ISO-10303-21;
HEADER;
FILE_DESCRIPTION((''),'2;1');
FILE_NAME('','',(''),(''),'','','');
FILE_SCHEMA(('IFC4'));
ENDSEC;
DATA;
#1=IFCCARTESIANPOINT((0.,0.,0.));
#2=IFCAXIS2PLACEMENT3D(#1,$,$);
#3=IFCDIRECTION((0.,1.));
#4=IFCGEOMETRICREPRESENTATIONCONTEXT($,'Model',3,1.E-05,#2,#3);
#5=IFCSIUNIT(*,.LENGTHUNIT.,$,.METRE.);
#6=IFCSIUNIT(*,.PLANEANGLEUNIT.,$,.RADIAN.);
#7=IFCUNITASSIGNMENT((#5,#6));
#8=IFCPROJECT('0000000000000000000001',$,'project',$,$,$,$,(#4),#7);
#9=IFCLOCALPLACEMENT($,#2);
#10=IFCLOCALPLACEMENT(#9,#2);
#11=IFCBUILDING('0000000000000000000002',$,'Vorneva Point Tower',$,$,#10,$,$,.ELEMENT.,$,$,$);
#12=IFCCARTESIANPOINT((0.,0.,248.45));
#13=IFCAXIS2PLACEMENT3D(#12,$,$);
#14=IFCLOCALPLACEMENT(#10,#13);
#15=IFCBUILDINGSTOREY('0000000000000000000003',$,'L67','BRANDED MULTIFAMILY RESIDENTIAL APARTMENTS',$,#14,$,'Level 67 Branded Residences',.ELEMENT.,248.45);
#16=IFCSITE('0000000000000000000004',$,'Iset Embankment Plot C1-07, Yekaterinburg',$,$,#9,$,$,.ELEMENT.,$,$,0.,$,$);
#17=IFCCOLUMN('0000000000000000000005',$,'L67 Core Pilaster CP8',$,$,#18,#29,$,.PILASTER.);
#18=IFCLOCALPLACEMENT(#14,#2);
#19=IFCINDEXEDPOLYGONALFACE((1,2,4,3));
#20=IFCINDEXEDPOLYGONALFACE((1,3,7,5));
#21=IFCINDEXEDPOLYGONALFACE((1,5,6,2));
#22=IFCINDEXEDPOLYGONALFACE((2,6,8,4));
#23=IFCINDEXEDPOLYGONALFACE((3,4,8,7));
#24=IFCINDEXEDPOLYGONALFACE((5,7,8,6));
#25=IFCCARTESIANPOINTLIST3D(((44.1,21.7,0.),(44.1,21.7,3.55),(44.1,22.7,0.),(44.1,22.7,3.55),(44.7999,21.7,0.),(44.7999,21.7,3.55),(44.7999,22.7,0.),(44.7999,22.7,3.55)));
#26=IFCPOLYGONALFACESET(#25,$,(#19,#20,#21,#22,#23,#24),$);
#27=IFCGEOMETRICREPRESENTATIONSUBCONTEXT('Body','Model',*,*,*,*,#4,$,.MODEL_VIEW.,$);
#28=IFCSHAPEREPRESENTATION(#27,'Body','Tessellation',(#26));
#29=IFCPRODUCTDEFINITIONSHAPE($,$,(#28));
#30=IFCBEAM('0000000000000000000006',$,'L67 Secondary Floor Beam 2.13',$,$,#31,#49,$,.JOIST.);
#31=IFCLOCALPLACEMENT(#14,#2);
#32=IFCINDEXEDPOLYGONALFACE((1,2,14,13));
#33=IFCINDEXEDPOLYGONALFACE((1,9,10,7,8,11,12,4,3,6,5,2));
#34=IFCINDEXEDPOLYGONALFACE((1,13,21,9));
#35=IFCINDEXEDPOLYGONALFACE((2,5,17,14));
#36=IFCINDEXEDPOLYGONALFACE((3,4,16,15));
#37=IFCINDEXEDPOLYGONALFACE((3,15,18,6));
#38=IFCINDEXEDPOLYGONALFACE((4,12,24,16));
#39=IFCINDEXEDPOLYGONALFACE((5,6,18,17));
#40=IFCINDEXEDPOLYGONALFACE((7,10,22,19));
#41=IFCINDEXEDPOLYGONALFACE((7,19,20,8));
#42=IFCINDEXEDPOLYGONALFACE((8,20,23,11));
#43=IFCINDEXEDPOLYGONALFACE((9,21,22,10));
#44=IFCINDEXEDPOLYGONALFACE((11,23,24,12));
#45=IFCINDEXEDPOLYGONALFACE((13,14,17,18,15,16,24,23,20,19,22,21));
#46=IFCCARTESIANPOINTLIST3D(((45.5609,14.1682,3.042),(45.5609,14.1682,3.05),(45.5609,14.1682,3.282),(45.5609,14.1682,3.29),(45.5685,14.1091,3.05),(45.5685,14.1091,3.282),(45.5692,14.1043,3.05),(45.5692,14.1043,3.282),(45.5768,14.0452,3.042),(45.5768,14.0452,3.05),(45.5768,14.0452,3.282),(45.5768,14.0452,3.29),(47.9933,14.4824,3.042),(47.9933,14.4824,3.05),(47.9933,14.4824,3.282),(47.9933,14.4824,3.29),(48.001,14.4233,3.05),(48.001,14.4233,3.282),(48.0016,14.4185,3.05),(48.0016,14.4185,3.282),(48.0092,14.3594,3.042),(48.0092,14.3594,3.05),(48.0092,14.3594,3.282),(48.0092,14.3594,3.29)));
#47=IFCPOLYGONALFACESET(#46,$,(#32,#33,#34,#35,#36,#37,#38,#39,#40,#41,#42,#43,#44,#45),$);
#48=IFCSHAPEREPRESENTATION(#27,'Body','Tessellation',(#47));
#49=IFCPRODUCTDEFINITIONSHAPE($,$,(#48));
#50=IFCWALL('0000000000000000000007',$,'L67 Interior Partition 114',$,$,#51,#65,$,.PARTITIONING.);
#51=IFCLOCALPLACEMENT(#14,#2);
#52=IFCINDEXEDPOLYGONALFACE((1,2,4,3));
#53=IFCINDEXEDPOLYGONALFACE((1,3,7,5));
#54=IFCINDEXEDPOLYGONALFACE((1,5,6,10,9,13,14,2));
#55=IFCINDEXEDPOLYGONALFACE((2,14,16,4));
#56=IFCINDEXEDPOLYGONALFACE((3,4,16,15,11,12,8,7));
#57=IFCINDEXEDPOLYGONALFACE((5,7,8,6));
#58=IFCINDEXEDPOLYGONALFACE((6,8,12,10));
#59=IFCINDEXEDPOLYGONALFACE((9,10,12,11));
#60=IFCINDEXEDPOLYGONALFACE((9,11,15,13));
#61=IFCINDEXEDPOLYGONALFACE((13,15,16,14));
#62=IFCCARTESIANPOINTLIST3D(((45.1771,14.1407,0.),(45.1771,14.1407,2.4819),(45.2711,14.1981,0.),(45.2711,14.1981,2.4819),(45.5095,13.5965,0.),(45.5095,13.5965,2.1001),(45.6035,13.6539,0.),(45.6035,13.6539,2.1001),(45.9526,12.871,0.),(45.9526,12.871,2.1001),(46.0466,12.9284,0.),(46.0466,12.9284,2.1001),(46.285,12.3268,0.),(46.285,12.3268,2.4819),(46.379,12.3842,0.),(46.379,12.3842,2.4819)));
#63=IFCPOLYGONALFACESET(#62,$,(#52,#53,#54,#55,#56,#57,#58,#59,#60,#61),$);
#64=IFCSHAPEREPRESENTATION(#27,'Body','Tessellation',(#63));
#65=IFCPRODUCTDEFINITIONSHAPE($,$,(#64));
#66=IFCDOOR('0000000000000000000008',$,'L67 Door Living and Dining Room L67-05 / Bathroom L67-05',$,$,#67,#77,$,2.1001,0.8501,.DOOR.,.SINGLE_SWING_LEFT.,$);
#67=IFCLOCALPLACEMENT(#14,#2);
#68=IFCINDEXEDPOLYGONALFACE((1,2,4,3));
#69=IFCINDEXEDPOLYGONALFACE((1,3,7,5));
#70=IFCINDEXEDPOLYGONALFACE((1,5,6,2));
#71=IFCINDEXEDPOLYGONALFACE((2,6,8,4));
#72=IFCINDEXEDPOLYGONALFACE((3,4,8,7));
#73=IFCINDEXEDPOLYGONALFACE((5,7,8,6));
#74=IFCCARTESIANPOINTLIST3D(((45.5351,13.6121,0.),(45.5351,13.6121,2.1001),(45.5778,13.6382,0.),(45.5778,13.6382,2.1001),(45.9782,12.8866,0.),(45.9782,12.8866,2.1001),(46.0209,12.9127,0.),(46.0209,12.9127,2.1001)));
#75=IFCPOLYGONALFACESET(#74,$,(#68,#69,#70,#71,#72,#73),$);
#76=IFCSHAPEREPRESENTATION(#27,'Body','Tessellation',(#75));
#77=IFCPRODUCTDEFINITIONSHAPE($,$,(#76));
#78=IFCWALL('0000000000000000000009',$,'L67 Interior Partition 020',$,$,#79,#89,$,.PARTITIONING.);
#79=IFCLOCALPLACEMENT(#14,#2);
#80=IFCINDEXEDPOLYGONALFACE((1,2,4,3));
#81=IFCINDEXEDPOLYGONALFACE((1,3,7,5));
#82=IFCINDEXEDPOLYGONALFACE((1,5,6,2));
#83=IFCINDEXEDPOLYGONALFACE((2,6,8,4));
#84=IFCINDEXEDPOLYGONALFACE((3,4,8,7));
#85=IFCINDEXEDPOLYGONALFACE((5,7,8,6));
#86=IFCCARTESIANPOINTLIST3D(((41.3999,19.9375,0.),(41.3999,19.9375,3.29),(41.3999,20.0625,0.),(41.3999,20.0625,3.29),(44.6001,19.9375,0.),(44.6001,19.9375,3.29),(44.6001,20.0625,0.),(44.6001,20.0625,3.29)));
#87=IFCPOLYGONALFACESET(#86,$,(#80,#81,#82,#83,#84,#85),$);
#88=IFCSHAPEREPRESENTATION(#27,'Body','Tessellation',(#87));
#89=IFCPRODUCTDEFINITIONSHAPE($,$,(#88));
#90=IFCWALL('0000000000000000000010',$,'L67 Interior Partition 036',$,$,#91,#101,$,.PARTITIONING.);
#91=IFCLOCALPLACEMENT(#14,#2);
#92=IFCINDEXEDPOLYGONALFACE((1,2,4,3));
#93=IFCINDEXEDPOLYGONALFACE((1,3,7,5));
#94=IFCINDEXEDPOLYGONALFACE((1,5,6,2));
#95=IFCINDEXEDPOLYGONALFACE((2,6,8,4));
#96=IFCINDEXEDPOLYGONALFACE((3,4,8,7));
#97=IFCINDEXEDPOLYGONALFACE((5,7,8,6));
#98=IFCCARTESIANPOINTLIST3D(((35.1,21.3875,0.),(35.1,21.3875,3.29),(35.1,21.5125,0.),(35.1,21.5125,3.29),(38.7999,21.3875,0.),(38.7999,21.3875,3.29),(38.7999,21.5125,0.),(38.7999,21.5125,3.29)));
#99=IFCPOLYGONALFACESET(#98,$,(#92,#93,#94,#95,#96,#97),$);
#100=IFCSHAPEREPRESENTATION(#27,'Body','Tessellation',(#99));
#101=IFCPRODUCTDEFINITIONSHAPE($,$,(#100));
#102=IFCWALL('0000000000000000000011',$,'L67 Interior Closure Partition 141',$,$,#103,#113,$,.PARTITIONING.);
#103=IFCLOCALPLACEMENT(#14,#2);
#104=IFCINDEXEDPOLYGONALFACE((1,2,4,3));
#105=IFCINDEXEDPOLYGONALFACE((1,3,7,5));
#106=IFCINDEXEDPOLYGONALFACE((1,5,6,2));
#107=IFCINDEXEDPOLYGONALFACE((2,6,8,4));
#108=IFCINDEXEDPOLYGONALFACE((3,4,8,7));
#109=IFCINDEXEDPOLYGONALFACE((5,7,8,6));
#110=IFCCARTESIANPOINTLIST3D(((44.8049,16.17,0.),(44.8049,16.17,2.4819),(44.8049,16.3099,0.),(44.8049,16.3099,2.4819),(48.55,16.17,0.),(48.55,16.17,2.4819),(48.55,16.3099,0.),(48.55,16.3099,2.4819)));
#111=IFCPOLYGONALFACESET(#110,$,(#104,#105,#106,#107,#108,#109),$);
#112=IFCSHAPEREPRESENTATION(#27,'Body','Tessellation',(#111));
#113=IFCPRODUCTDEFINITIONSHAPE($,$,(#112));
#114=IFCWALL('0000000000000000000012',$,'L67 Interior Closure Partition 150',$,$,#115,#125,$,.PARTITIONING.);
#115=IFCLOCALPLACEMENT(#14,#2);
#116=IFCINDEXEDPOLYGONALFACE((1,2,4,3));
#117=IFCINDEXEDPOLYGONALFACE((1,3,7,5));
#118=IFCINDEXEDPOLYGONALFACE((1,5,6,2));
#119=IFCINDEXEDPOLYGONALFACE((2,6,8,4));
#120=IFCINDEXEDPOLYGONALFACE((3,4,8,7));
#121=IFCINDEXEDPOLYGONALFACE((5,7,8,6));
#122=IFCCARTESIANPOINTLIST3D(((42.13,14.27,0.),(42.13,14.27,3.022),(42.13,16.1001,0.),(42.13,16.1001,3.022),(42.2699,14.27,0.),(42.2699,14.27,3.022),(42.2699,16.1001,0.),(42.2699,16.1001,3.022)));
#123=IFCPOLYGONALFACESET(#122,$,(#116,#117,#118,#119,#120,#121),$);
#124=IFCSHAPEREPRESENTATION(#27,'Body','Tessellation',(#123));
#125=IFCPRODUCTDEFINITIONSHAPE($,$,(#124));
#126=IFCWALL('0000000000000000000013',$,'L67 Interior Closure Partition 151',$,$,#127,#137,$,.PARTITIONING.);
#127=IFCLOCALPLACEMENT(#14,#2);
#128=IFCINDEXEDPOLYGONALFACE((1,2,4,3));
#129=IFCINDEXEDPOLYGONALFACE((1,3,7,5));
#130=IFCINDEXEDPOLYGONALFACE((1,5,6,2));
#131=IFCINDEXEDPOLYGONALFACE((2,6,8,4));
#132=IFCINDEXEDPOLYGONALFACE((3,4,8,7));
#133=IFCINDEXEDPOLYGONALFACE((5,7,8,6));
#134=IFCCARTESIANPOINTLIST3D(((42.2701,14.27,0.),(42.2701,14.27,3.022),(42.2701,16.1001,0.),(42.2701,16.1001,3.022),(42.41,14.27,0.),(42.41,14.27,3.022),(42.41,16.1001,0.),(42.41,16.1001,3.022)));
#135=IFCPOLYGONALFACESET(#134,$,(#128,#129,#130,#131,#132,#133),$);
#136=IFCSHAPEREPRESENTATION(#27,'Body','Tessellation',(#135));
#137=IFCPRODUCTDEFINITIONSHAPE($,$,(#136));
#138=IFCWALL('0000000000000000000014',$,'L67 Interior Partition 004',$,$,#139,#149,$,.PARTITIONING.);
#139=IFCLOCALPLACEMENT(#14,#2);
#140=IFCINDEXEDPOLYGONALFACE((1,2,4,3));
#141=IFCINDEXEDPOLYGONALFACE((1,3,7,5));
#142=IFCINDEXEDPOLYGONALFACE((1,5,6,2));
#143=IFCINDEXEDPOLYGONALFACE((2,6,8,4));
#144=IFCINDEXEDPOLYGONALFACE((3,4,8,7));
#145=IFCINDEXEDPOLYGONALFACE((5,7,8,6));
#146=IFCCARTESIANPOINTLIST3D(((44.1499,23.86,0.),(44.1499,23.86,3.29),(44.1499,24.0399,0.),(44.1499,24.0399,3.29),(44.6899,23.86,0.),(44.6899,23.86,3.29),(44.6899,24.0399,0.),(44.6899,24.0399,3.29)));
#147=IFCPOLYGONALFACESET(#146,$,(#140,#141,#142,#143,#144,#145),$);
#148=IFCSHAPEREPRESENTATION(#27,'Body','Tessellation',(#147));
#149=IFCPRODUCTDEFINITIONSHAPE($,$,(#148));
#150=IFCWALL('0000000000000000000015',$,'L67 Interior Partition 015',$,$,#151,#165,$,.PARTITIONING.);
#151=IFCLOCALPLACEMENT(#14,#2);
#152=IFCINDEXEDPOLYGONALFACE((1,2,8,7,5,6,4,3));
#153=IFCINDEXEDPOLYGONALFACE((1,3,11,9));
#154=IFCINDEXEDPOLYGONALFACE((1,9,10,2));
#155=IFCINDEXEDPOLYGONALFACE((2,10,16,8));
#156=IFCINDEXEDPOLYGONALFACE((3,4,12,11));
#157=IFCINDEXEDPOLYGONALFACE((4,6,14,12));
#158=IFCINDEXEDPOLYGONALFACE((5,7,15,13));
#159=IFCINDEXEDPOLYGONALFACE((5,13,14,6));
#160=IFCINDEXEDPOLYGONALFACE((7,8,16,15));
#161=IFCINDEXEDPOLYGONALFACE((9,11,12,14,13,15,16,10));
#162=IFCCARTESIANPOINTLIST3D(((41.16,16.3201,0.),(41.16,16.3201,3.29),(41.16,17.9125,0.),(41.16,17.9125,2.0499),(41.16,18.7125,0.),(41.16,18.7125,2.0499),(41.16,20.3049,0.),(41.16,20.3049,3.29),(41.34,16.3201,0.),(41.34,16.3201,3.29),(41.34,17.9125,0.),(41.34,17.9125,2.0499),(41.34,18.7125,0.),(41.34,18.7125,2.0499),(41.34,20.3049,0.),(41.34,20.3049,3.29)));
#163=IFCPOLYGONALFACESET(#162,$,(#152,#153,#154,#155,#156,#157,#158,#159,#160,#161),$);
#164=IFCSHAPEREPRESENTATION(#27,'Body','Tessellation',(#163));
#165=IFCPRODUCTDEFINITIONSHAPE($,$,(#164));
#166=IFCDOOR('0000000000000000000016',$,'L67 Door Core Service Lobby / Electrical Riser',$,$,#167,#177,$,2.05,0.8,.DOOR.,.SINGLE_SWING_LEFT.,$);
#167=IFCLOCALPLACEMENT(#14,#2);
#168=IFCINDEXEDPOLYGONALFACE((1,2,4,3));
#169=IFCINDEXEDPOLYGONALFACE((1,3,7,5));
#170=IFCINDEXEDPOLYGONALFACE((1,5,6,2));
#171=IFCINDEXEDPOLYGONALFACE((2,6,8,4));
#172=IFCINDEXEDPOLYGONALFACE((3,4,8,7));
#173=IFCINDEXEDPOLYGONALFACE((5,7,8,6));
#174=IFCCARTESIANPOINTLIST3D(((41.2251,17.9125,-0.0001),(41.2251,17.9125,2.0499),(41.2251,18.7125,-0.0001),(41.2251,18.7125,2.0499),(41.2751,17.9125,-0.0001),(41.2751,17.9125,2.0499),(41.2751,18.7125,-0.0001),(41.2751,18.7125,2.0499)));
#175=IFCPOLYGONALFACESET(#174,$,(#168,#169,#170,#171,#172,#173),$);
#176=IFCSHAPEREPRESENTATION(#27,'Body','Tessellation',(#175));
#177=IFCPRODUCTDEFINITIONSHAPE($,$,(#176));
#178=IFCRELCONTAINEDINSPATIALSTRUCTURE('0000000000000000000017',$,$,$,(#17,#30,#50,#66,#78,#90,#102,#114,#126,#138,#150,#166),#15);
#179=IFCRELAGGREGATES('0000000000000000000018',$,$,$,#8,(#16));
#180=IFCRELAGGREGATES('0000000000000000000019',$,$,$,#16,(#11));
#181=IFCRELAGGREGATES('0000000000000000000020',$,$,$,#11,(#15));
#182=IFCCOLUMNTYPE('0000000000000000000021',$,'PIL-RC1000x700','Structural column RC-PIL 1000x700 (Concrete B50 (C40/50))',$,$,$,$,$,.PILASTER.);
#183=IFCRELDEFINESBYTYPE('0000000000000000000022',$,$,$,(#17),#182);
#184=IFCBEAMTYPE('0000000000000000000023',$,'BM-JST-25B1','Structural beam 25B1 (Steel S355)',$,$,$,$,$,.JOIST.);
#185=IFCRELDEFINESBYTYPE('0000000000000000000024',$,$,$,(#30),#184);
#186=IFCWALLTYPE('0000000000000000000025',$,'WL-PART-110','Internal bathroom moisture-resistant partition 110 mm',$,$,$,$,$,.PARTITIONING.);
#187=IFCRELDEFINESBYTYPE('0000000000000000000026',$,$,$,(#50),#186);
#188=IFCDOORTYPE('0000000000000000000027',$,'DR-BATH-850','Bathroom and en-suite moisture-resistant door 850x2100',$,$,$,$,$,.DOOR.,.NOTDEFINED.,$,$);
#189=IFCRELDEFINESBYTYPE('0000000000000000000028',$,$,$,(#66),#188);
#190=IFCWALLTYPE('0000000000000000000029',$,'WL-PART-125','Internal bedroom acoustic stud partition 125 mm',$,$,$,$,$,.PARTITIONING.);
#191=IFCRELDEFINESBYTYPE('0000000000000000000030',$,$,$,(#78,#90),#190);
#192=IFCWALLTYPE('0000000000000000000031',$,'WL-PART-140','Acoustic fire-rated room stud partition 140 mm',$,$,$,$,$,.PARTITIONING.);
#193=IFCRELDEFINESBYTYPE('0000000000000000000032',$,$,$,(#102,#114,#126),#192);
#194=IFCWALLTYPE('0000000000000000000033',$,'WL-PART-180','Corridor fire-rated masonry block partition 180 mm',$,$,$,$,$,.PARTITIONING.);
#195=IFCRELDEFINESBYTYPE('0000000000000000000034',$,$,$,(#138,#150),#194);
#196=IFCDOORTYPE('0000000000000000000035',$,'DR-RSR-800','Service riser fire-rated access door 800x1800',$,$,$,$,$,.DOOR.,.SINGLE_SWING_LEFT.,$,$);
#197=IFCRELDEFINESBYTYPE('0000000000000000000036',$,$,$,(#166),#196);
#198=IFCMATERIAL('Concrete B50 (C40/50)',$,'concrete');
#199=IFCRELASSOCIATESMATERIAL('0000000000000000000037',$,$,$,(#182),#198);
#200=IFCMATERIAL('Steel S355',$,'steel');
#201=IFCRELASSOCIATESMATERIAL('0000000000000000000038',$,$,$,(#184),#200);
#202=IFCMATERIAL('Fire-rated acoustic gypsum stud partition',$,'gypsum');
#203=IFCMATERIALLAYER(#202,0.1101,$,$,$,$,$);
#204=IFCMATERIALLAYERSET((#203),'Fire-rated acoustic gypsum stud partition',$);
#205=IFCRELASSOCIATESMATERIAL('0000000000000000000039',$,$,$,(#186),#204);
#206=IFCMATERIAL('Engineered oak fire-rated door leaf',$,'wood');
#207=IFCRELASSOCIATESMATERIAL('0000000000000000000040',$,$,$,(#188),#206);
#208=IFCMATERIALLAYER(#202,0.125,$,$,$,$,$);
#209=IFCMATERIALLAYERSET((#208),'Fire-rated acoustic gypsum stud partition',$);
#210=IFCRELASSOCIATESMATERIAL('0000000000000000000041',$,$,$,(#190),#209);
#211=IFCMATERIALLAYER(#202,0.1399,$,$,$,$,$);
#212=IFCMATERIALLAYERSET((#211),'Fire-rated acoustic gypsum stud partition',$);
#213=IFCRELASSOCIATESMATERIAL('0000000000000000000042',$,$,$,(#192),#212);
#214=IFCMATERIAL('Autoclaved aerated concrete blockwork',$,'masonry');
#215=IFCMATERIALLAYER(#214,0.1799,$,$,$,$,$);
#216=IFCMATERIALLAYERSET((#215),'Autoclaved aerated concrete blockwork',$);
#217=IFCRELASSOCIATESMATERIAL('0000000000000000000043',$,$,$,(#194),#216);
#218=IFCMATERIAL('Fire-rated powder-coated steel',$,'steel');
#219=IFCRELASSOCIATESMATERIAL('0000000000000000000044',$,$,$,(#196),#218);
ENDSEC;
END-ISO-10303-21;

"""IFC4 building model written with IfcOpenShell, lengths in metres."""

from ifc_helpers import new_model, si_unit, direction, frame, frame_2d, origin, origin_2d, place, context, subcontext, project, spatial, rectangle, i_section, extrude, material, layer, layer_set, material_profile, profile_set, type_object, element, fill, save


model = new_model("IFC4")

# Units and contexts
model_context = context("Model", 3, precision=1e-05, world=origin(), true_north=direction((0.0, 1.0)))
body_context = subcontext(model_context, "Body", "Model", "MODEL_VIEW")
ifc_project = project(units=[si_unit("LENGTHUNIT", "METRE"), si_unit("PLANEANGLEUNIT", "RADIAN")], contexts=[model_context])

# Site, building, storey
site_placement = place(None, origin())
site = spatial("IfcSite", under=ifc_project, at=site_placement, Name="Iset Embankment Plot C1-07, Yekaterinburg", CompositionType="ELEMENT", RefElevation=0.0)
building_placement = place(site_placement, origin())
building = spatial("IfcBuilding", under=site, at=building_placement, Name="Vorneva Point Tower", CompositionType="ELEMENT")
storey_placement = place(building_placement, frame((0.0, 0.0, 248.45)))
storey = spatial("IfcBuildingStorey", under=building, at=storey_placement, Name="L67", Description="BRANDED MULTIFAMILY RESIDENTIAL APARTMENTS", LongName="Level 67 Branded Residences", CompositionType="ELEMENT", Elevation=248.45)

# Column
ifc_material_1 = material(Name="Concrete B50 (C40/50)", Category="concrete")
ifc_material_profile_1 = material_profile(ifc_material_1, rectangle(XDim=0.7, YDim=1.0, at=origin_2d()), Name="RC-PIL 1000x700")
ifc_profile_set_1 = profile_set([ifc_material_profile_1], Name="Concrete B50 (C40/50)")
column_type = type_object("IfcColumnType", Name="PIL-RC1000x700", Description="Structural column RC-PIL 1000x700 (Concrete B50 (C40/50))", PredefinedType="PILASTER", material=ifc_profile_set_1)
column_placement = place(storey_placement, frame((44.45, 22.2, 0.0), z_axis=(0.0, 0.0, 1.0), x_axis=(1.0, 0.0, 0.0)))
element("IfcColumn", 1, at=column_placement, inside=storey, type_object=column_type, Name="L67 Core Pilaster CP8", PredefinedType="PILASTER", context=body_context, shape_type="SweptSolid", body=[
    extrude(rectangle(XDim=0.7, YDim=1.0, at=origin_2d()), origin(), (0.0, 0.0, 1.0), 3.55),
])

# Beam
ifc_material_2 = material(Name="Steel S355", Category="steel")
ifc_material_profile_2 = material_profile(ifc_material_2, i_section(OverallWidth=0.124, OverallDepth=0.248, WebThickness=0.0049, FlangeThickness=0.0081, at=origin_2d()), Name="25B1")
ifc_profile_set_2 = profile_set([ifc_material_profile_2], Name="Steel S355")
beam_type = type_object("IfcBeamType", Name="BM-JST-25B1", Description="Structural beam 25B1 (Steel S355)", PredefinedType="JOIST", material=ifc_profile_set_2)
beam_placement = place(storey_placement, frame((45.5688, 14.1067, 3.166), z_axis=(0.99176, 0.128113, 0.0), x_axis=(-0.128113, 0.99176, 0.0)))
element("IfcBeam", 2, at=beam_placement, inside=storey, type_object=beam_type, Name="L67 Secondary Floor Beam 2.13", PredefinedType="JOIST", context=body_context, shape_type="SweptSolid", body=[
    extrude(i_section(OverallWidth=0.124, OverallDepth=0.248, WebThickness=0.0049, FlangeThickness=0.0081, at=origin_2d()), origin(), (0.0, 0.0, 1.0), 2.4526),
])

# Wall, opening, door
ifc_material_3 = material(Name="Fire-rated acoustic gypsum stud partition", Category="gypsum")
ifc_layer_1 = layer(ifc_material_3, 0.1101)
ifc_layer_set_1 = layer_set([ifc_layer_1], Name="Fire-rated acoustic gypsum stud partition")
wall_type_1 = type_object("IfcWallType", Name="WL-PART-110", Description="Internal bathroom moisture-resistant partition 110 mm", PredefinedType="PARTITIONING", material=ifc_layer_set_1)
wall_1_placement = place(storey_placement, frame((45.2241, 14.1694, 0.0), z_axis=(0.0, 0.0, 1.0), x_axis=(0.521236, -0.853412, 0.0)))
wall_1 = element("IfcWall", 3, at=wall_1_placement, inside=storey, type_object=wall_type_1, Name="L67 Interior Partition 114", PredefinedType="PARTITIONING", context=body_context, shape_type="SweptSolid", body=[
    extrude(rectangle(XDim=2.1255, YDim=0.1101, at=frame_2d((1.0627, 0.0))), origin(), (0.0, 0.0, 1.0), 2.4819),
])
opening_1_placement = place(wall_1_placement, frame((0.6377, 0.0, 0.0)))
opening_1 = element("IfcOpeningElement", 4, at=opening_1_placement, cuts=wall_1, PredefinedType="OPENING", context=body_context, shape_type="SweptSolid", body=[
    extrude(rectangle(XDim=0.8501, YDim=2.1001, at=frame_2d((0.425, 1.05))), frame((0.0, 0.0698, 0.0), z_axis=(0.0, -1.0, 0.0), x_axis=(1.0, 0.0, 0.0)), (0.0, 0.0, 1.0), 0.1399),
])
ifc_material_4 = material(Name="Engineered oak fire-rated door leaf", Category="wood")
door_type_1 = type_object("IfcDoorType", Name="DR-BATH-850", Description="Bathroom and en-suite moisture-resistant door 850x2100", OperationType="NOTDEFINED", PredefinedType="DOOR", material=ifc_material_4)
door_1_placement = place(opening_1_placement, origin())
door_1 = element("IfcDoor", 5, at=door_1_placement, inside=storey, type_object=door_type_1, Name="L67 Door Living and Dining Room L67-05 / Bathroom L67-05", OperationType="SINGLE_SWING_LEFT", OverallHeight=2.1001, OverallWidth=0.8501, PredefinedType="DOOR", context=body_context, shape_type="SweptSolid", body=[
    extrude(rectangle(XDim=0.8501, YDim=2.1001, at=frame_2d((0.425, 1.05))), frame((0.0, 0.0249, 0.0), z_axis=(0.0, -1.0, 0.0), x_axis=(1.0, 0.0, 0.0)), (0.0, 0.0, 1.0), 0.05),
])
fill(opening_1, door_1)

# Walls
ifc_layer_2 = layer(ifc_material_3, 0.125)
ifc_layer_set_2 = layer_set([ifc_layer_2], Name="Fire-rated acoustic gypsum stud partition")
wall_type_2 = type_object("IfcWallType", Name="WL-PART-125", Description="Internal bedroom acoustic stud partition 125 mm", PredefinedType="PARTITIONING", material=ifc_layer_set_2)
wall_2_placement = place(storey_placement, frame((44.6001, 20.0, 0.0), z_axis=(0.0, 0.0, 1.0), x_axis=(-1.0, 0.0, 0.0)))
element("IfcWall", 6, at=wall_2_placement, inside=storey, type_object=wall_type_2, Name="L67 Interior Partition 020", PredefinedType="PARTITIONING", context=body_context, shape_type="SweptSolid", body=[
    extrude(rectangle(XDim=3.2002, YDim=0.125, at=frame_2d((1.6001, 0.0))), origin(), (0.0, 0.0, 1.0), 3.29),
])
wall_3_placement = place(storey_placement, frame((38.8, 21.45, 0.0), z_axis=(0.0, 0.0, 1.0), x_axis=(-1.0, 0.0, 0.0)))
element("IfcWall", 7, at=wall_3_placement, inside=storey, type_object=wall_type_2, Name="L67 Interior Partition 036", PredefinedType="PARTITIONING", context=body_context, shape_type="SweptSolid", body=[
    extrude(rectangle(XDim=3.7, YDim=0.125, at=frame_2d((1.8501, 0.0))), origin(), (0.0, 0.0, 1.0), 3.29),
])
ifc_layer_3 = layer(ifc_material_3, 0.1399)
ifc_layer_set_3 = layer_set([ifc_layer_3], Name="Fire-rated acoustic gypsum stud partition")
wall_type_3 = type_object("IfcWallType", Name="WL-PART-140", Description="Acoustic fire-rated room stud partition 140 mm", PredefinedType="PARTITIONING", material=ifc_layer_set_3)
wall_4_placement = place(storey_placement, frame((44.8049, 16.24, 0.0), z_axis=(0.0, 0.0, 1.0), x_axis=(1.0, 0.0, 0.0)))
element("IfcWall", 8, at=wall_4_placement, inside=storey, type_object=wall_type_3, Name="L67 Interior Closure Partition 141", PredefinedType="PARTITIONING", context=body_context, shape_type="SweptSolid", body=[
    extrude(rectangle(XDim=3.7451, YDim=0.1399, at=frame_2d((1.8726, 0.0))), origin(), (0.0, 0.0, 1.0), 2.4819),
])
for number, where, z_axis, x_axis, name in (
    (9, (42.2, 16.1001, 0.0), (0.0, 0.0, 1.0), (0.0, -1.0, 0.0), "L67 Interior Closure Partition 150"),
    (10, (42.3401, 14.27, 0.0), (0.0, 0.0, 1.0), (0.0, 1.0, 0.0), "L67 Interior Closure Partition 151"),
):
    element("IfcWall", number, at=place(storey_placement, frame(where, z_axis=z_axis, x_axis=x_axis)), inside=storey, type_object=wall_type_3, Name=name, PredefinedType="PARTITIONING", context=body_context, shape_type="SweptSolid", body=[
        extrude(rectangle(XDim=1.8301, YDim=0.1399, at=frame_2d((0.915, 0.0))), origin(), (0.0, 0.0, 1.0), 3.022),
    ])
ifc_material_5 = material(Name="Autoclaved aerated concrete blockwork", Category="masonry")
ifc_layer_4 = layer(ifc_material_5, 0.1799)
ifc_layer_set_4 = layer_set([ifc_layer_4], Name="Autoclaved aerated concrete blockwork")
wall_type_4 = type_object("IfcWallType", Name="WL-PART-180", Description="Corridor fire-rated masonry block partition 180 mm", PredefinedType="PARTITIONING", material=ifc_layer_set_4)
wall_5_placement = place(storey_placement, frame((44.1499, 23.95, 0.0), z_axis=(0.0, 0.0, 1.0), x_axis=(1.0, 0.0, 0.0)))
element("IfcWall", 11, at=wall_5_placement, inside=storey, type_object=wall_type_4, Name="L67 Interior Partition 004", PredefinedType="PARTITIONING", context=body_context, shape_type="SweptSolid", body=[
    extrude(rectangle(XDim=0.54, YDim=0.1799, at=frame_2d((0.27, 0.0))), origin(), (0.0, 0.0, 1.0), 3.29),
])

# Wall, opening, door
wall_6_placement = place(storey_placement, frame((41.25, 16.3201, 0.0), z_axis=(0.0, 0.0, 1.0), x_axis=(0.0, 1.0, 0.0)))
wall_6 = element("IfcWall", 12, at=wall_6_placement, inside=storey, type_object=wall_type_4, Name="L67 Interior Partition 015", PredefinedType="PARTITIONING", context=body_context, shape_type="SweptSolid", body=[
    extrude(rectangle(XDim=3.9849, YDim=0.1799, at=frame_2d((1.9924, 0.0))), origin(), (0.0, 0.0, 1.0), 3.29),
])
opening_2_placement = place(wall_6_placement, frame((1.5925, 0.0, 0.0)))
opening_2 = element("IfcOpeningElement", 13, at=opening_2_placement, cuts=wall_6, PredefinedType="OPENING", context=body_context, shape_type="SweptSolid", body=[
    extrude(rectangle(XDim=0.8, YDim=2.05, at=frame_2d((0.3999, 1.0249))), frame((0.0, 0.105, 0.0), z_axis=(0.0, -1.0, 0.0), x_axis=(1.0, 0.0, 0.0)), (0.0, 0.0, 1.0), 0.2097),
])
ifc_material_6 = material(Name="Fire-rated powder-coated steel", Category="steel")
door_type_2 = type_object("IfcDoorType", Name="DR-RSR-800", Description="Service riser fire-rated access door 800x1800", OperationType="SINGLE_SWING_LEFT", PredefinedType="DOOR", material=ifc_material_6)
door_2_placement = place(opening_2_placement, origin())
door_2 = element("IfcDoor", 14, at=door_2_placement, inside=storey, type_object=door_type_2, Name="L67 Door Core Service Lobby / Electrical Riser", OperationType="SINGLE_SWING_LEFT", OverallHeight=2.05, OverallWidth=0.8, PredefinedType="DOOR", context=body_context, shape_type="SweptSolid", body=[
    extrude(rectangle(XDim=0.8, YDim=2.05, at=frame_2d((0.3999, 1.0249))), frame((0.0, 0.0249, 0.0), z_axis=(0.0, -1.0, 0.0), x_axis=(1.0, 0.0, 0.0)), (0.0, 0.0, 1.0), 0.05),
])
fill(opening_2, door_2)

save(model, "model.ifc")
